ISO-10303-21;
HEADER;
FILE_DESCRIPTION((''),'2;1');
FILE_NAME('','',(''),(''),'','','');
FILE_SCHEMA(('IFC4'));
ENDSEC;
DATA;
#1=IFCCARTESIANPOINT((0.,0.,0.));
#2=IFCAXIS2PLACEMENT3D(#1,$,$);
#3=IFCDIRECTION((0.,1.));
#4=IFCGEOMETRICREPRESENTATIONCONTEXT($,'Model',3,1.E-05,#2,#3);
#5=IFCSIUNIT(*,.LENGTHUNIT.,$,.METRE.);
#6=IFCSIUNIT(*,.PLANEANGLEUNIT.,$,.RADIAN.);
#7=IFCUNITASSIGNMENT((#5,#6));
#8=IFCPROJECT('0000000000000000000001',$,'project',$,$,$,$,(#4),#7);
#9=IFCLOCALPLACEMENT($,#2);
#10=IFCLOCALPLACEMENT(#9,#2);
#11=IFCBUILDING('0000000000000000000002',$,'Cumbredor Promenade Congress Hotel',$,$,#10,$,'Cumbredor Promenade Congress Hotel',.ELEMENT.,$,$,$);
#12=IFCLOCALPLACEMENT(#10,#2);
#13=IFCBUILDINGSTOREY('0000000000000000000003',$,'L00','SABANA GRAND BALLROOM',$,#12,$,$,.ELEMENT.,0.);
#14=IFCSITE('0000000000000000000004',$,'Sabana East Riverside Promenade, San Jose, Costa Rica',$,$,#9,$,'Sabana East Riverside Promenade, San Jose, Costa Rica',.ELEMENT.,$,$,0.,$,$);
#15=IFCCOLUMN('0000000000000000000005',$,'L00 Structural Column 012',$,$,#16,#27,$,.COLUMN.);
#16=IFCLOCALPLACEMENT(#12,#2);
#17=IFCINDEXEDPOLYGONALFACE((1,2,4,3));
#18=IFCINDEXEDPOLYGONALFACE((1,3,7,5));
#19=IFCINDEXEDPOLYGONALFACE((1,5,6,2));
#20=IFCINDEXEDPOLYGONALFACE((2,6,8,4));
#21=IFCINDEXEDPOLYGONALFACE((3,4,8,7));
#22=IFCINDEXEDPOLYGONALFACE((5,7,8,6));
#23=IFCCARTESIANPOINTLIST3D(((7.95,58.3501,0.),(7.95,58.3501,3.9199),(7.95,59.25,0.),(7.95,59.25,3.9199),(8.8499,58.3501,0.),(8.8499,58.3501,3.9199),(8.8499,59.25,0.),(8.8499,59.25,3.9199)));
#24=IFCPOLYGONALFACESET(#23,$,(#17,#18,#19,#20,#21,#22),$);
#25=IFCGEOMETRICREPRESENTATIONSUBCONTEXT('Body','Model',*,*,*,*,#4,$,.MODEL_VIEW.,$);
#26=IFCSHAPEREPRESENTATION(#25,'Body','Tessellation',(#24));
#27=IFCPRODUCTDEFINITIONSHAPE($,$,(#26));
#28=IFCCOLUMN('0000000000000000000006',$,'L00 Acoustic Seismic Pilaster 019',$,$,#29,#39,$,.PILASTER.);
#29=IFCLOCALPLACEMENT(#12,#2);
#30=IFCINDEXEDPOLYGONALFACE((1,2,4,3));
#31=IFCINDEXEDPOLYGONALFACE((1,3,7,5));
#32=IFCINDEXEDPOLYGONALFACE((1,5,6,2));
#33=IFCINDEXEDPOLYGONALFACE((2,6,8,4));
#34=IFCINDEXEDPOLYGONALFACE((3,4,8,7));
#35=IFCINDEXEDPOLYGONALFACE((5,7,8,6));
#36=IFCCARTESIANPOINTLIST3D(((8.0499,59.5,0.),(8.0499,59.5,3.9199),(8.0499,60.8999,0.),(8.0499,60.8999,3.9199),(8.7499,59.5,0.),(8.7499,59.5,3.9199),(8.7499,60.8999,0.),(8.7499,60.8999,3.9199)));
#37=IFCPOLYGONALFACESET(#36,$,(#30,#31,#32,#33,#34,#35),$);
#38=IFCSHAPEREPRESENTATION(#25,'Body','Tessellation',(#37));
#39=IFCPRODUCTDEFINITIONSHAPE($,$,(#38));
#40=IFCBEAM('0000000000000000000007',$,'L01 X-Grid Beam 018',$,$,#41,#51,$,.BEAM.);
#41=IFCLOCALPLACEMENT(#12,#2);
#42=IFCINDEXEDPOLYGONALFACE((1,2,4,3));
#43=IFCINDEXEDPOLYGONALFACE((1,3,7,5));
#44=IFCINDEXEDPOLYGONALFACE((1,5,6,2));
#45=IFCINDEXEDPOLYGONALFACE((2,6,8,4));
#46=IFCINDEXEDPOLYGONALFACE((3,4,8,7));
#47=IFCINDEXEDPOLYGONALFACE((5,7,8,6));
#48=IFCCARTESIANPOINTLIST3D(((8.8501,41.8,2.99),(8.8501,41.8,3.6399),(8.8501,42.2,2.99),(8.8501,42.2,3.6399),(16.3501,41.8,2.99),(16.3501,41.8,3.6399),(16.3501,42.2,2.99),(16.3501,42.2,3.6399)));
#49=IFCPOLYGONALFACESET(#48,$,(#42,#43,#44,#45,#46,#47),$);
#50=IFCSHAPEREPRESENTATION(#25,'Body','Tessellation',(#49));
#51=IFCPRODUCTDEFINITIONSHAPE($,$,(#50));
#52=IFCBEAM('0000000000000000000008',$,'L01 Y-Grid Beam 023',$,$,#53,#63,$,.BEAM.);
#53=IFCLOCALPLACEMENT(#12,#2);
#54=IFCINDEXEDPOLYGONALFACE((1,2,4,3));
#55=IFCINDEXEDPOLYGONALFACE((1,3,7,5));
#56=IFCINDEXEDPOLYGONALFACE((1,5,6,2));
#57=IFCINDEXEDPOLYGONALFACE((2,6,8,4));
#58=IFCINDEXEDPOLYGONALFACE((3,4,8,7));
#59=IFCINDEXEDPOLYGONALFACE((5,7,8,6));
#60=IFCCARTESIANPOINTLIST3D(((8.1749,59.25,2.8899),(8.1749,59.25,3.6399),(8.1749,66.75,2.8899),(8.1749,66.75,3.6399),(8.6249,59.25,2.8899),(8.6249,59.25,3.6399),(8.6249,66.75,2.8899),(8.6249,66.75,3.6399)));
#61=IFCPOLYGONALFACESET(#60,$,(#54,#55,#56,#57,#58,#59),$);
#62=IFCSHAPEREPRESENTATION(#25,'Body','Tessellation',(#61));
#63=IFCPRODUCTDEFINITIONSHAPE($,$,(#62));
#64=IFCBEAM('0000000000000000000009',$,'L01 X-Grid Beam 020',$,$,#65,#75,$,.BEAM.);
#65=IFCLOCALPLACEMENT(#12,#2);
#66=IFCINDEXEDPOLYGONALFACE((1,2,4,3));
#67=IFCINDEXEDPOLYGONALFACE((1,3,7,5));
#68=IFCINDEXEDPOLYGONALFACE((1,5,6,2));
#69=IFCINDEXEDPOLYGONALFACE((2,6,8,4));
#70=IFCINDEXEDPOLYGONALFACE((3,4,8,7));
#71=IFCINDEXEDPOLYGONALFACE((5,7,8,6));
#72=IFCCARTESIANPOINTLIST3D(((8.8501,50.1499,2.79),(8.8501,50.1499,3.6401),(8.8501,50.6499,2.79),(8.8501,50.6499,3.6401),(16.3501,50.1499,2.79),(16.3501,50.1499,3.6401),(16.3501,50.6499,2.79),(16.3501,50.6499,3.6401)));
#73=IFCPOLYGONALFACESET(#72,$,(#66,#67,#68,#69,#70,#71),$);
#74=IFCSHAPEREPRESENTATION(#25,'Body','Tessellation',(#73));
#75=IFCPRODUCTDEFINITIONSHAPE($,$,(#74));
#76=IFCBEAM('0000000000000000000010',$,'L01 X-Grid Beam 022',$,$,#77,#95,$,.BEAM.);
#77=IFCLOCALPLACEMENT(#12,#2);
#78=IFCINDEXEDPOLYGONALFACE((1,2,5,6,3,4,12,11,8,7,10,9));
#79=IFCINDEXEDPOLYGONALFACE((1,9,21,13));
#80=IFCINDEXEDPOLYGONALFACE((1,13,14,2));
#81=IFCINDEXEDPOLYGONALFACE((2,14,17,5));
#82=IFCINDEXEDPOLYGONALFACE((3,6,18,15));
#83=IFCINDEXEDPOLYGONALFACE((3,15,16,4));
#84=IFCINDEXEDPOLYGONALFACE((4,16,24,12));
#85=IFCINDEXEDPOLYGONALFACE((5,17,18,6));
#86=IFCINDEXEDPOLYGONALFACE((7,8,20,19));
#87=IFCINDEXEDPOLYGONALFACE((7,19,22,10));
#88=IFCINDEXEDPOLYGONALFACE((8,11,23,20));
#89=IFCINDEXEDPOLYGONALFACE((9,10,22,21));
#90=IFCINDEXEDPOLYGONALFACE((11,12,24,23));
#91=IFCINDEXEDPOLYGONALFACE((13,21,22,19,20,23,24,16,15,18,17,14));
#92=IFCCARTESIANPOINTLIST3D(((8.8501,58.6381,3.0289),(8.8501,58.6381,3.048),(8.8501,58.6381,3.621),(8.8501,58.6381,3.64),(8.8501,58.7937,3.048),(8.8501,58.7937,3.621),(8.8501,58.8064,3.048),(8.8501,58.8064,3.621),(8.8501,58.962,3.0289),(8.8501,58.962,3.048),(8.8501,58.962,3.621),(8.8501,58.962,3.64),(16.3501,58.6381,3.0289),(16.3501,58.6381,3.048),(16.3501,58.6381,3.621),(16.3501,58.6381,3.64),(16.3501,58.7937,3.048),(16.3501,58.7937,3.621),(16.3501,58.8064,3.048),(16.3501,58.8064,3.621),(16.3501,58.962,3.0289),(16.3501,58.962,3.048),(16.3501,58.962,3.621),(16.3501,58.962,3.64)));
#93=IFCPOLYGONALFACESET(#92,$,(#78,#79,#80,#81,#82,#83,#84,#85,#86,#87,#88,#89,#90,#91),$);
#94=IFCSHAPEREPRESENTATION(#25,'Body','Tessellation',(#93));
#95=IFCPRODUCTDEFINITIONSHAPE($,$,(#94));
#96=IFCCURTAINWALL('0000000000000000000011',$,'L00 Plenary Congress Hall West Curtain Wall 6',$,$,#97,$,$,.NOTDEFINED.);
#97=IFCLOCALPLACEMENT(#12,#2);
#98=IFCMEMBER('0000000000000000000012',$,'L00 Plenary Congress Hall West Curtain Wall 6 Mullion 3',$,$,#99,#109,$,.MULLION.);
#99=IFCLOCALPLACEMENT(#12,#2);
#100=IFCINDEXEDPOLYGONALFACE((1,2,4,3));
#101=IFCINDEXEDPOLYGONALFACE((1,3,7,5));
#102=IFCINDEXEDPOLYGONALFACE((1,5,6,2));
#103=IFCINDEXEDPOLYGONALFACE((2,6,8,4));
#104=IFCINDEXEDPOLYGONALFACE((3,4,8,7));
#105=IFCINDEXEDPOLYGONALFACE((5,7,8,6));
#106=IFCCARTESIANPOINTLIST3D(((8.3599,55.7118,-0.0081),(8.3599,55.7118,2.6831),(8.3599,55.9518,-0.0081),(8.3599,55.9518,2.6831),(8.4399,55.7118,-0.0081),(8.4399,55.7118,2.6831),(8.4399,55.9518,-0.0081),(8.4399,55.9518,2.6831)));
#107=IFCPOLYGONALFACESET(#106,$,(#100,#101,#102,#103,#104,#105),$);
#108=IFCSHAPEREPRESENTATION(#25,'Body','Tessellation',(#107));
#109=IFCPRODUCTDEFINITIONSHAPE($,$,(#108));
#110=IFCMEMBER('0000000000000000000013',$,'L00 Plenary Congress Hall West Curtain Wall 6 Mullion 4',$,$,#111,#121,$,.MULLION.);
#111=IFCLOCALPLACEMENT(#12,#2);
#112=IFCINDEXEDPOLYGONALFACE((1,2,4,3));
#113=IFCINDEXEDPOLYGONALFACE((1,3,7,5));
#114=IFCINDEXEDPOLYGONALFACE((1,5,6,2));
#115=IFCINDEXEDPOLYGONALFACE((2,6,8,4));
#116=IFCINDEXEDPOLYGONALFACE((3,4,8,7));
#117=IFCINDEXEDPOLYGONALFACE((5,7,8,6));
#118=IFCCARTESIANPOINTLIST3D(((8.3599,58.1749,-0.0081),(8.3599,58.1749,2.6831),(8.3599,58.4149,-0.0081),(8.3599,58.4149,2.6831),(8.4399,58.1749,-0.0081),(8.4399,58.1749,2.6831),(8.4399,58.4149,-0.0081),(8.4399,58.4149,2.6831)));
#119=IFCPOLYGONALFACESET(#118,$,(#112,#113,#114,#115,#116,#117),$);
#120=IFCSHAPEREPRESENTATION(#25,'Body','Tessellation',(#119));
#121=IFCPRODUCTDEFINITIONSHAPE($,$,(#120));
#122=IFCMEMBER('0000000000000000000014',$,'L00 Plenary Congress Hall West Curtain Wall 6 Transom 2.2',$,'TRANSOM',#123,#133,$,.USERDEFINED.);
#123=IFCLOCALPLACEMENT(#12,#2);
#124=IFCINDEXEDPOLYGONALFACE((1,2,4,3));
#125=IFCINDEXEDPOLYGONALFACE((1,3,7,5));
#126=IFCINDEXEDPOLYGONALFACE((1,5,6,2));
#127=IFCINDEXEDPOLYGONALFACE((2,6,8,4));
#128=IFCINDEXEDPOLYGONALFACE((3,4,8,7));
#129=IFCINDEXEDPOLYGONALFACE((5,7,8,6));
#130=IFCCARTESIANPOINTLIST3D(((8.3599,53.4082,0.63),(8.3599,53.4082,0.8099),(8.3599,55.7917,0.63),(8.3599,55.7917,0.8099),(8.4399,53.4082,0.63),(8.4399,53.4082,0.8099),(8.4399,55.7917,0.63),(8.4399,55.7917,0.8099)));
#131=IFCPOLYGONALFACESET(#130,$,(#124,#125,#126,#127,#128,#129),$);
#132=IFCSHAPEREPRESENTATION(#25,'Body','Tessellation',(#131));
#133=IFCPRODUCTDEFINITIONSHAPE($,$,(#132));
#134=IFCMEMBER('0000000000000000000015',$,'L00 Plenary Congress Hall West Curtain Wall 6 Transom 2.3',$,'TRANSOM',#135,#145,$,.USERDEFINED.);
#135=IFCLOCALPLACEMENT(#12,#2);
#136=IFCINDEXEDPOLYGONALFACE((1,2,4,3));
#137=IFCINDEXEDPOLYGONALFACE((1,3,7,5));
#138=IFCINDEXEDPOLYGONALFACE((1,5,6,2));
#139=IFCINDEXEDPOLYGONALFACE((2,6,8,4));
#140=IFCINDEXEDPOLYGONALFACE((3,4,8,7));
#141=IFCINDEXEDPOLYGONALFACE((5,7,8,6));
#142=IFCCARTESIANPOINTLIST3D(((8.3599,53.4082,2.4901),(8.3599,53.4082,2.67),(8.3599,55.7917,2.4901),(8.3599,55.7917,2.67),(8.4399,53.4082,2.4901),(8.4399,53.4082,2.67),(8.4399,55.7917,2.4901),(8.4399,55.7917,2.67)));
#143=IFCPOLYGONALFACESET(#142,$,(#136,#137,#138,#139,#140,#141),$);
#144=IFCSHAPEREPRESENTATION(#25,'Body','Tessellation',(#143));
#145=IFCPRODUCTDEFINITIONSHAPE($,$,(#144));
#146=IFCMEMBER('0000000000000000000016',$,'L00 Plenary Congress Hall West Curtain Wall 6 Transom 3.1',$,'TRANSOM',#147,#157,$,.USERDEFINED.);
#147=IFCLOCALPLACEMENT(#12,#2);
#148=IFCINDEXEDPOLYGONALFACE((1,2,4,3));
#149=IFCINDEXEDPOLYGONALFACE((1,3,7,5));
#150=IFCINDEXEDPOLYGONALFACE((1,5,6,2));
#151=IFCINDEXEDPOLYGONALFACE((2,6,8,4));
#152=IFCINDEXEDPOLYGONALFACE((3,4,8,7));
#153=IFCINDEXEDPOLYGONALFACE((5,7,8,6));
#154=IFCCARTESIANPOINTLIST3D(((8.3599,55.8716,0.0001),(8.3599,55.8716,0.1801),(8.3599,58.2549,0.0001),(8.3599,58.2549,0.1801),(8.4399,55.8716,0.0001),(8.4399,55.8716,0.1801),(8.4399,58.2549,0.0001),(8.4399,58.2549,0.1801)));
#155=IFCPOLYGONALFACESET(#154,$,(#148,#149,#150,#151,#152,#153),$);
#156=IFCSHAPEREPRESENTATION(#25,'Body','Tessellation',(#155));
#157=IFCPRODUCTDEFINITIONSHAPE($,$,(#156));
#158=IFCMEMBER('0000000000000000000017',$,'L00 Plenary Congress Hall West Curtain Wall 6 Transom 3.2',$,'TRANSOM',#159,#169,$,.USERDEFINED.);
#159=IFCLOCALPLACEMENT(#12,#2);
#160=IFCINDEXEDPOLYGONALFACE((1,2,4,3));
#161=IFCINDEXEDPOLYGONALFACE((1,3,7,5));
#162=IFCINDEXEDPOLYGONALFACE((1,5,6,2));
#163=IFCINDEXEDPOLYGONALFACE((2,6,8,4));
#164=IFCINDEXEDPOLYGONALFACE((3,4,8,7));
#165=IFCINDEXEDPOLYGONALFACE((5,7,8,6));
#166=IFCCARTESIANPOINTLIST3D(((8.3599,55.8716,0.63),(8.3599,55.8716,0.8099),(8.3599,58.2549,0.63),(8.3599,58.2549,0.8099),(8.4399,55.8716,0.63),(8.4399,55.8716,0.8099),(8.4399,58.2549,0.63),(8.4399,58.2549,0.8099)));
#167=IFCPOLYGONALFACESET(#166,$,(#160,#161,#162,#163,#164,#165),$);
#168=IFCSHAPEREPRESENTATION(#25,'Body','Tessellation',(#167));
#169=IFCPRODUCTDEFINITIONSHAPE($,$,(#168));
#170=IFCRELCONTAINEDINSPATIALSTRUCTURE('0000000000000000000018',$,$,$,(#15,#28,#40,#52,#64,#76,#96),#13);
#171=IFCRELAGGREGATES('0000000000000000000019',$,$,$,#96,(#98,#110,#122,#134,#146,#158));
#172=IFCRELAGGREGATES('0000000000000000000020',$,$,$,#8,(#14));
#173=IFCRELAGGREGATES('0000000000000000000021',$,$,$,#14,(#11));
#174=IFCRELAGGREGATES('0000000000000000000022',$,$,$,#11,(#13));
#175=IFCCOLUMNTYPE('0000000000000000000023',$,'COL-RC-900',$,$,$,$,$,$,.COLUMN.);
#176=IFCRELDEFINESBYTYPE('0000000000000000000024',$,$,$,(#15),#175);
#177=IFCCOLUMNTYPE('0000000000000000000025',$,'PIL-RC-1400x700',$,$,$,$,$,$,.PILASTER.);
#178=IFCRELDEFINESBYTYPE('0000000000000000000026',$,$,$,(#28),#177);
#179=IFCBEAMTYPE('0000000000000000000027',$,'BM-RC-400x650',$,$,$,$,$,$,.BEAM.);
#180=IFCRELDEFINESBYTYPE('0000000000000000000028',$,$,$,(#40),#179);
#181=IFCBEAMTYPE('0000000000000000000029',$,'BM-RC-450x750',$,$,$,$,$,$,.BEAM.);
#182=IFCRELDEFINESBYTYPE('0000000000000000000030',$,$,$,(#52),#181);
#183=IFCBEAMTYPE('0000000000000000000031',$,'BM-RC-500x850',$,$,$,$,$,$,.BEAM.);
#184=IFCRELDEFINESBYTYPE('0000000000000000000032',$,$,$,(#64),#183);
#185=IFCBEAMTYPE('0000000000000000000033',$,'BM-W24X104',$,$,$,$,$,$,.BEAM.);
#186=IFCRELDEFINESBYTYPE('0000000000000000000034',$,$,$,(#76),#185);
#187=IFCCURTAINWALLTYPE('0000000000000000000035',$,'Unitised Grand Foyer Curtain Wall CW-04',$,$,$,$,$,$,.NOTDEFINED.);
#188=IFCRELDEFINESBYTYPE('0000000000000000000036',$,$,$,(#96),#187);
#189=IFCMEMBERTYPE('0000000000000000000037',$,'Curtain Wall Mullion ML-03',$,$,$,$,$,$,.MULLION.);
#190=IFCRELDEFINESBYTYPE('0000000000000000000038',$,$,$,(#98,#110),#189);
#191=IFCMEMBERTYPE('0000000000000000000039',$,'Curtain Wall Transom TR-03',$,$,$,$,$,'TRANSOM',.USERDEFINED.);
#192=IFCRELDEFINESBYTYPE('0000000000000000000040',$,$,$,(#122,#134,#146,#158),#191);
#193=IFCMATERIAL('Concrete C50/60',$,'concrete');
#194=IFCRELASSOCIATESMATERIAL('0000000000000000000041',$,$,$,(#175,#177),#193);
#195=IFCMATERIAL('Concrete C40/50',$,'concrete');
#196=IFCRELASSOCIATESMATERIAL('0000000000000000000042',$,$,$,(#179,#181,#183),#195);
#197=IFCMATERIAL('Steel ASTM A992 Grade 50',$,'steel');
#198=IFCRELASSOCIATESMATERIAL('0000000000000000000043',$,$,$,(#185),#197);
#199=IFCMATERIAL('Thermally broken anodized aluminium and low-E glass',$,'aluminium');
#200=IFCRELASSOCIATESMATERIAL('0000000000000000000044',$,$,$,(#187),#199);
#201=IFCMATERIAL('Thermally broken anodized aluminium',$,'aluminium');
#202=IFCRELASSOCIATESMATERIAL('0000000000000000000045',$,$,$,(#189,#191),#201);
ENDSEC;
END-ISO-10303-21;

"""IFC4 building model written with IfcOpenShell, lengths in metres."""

from ifc_helpers import new_model, si_unit, direction, frame, origin, origin_2d, place, context, subcontext, project, spatial, rectangle, i_section, extrude, material, material_profile, profile_set, type_object, element, aggregate, save


model = new_model("IFC4")

# Units and contexts
model_context = context("Model", 3, precision=1e-05, world=origin(), true_north=direction((0.0, 1.0)))
body_context = subcontext(model_context, "Body", "Model", "MODEL_VIEW")
ifc_project = project(units=[si_unit("LENGTHUNIT", "METRE"), si_unit("PLANEANGLEUNIT", "RADIAN")], contexts=[model_context])

# Site, building, storey
site_placement = place(None, origin())
site = spatial("IfcSite", under=ifc_project, at=site_placement, Name="Sabana East Riverside Promenade, San Jose, Costa Rica", LongName="Sabana East Riverside Promenade, San Jose, Costa Rica", CompositionType="ELEMENT", RefElevation=0.0)
building_placement = place(site_placement, origin())
building = spatial("IfcBuilding", under=site, at=building_placement, Name="Cumbredor Promenade Congress Hotel", LongName="Cumbredor Promenade Congress Hotel", CompositionType="ELEMENT")
storey_placement = place(building_placement, origin())
storey = spatial("IfcBuildingStorey", under=building, at=storey_placement, Name="L00", Description="SABANA GRAND BALLROOM", CompositionType="ELEMENT", Elevation=0.0)

# Columns
ifc_material_1 = material(Name="Concrete C50/60", Category="concrete")
ifc_material_profile_1 = material_profile(ifc_material_1, rectangle(XDim=0.8999, YDim=0.8999, at=origin_2d()), Name="RC 900x900")
ifc_profile_set_1 = profile_set([ifc_material_profile_1], Name="Concrete C50/60")
column_type_1 = type_object("IfcColumnType", Name="COL-RC-900", PredefinedType="COLUMN", material=ifc_profile_set_1)
column_1_placement = place(storey_placement, frame((8.3999, 58.8, 0.0), z_axis=(0.0, 0.0, 1.0), x_axis=(1.0, 0.0, 0.0)))
element("IfcColumn", 1, at=column_1_placement, inside=storey, type_object=column_type_1, Name="L00 Structural Column 012", PredefinedType="COLUMN", context=body_context, shape_type="SweptSolid", body=[
    extrude(rectangle(XDim=0.8999, YDim=0.8999, at=origin_2d()), origin(), (0.0, 0.0, 1.0), 3.9199),
])
ifc_material_profile_2 = material_profile(ifc_material_1, rectangle(XDim=0.7, YDim=1.3999, at=origin_2d()), Name="RC PILASTER 1400x700")
ifc_profile_set_2 = profile_set([ifc_material_profile_2], Name="Concrete C50/60")
column_type_2 = type_object("IfcColumnType", Name="PIL-RC-1400x700", PredefinedType="PILASTER", material=ifc_profile_set_2)
column_2_placement = place(storey_placement, frame((8.3999, 60.2, 0.0), z_axis=(0.0, 0.0, 1.0), x_axis=(1.0, 0.0, 0.0)))
element("IfcColumn", 2, at=column_2_placement, inside=storey, type_object=column_type_2, Name="L00 Acoustic Seismic Pilaster 019", PredefinedType="PILASTER", context=body_context, shape_type="SweptSolid", body=[
    extrude(rectangle(XDim=0.7, YDim=1.3999, at=origin_2d()), origin(), (0.0, 0.0, 1.0), 3.9199),
])

# Beams
ifc_material_2 = material(Name="Concrete C40/50", Category="concrete")
ifc_material_profile_3 = material_profile(ifc_material_2, rectangle(XDim=0.3999, YDim=0.6499, at=origin_2d()), Name="RC BEAM 400x650")
ifc_profile_set_3 = profile_set([ifc_material_profile_3], Name="Concrete C40/50")
beam_type_1 = type_object("IfcBeamType", Name="BM-RC-400x650", PredefinedType="BEAM", material=ifc_profile_set_3)
beam_1_placement = place(storey_placement, frame((8.8501, 42.0, 3.3149), z_axis=(1.0, 0.0, 0.0), x_axis=(0.0, 1.0, 0.0)))
element("IfcBeam", 3, at=beam_1_placement, inside=storey, type_object=beam_type_1, Name="L01 X-Grid Beam 018", PredefinedType="BEAM", context=body_context, shape_type="SweptSolid", body=[
    extrude(rectangle(XDim=0.3999, YDim=0.6499, at=origin_2d()), origin(), (0.0, 0.0, 1.0), 7.5),
])
ifc_material_profile_4 = material_profile(ifc_material_2, rectangle(XDim=0.45, YDim=0.75, at=origin_2d()), Name="RC BEAM 450x750")
ifc_profile_set_4 = profile_set([ifc_material_profile_4], Name="Concrete C40/50")
beam_type_2 = type_object("IfcBeamType", Name="BM-RC-450x750", PredefinedType="BEAM", material=ifc_profile_set_4)
beam_2_placement = place(storey_placement, frame((8.3999, 59.25, 3.2649), z_axis=(0.0, 1.0, 0.0), x_axis=(-1.0, 0.0, 0.0)))
element("IfcBeam", 4, at=beam_2_placement, inside=storey, type_object=beam_type_2, Name="L01 Y-Grid Beam 023", PredefinedType="BEAM", context=body_context, shape_type="SweptSolid", body=[
    extrude(rectangle(XDim=0.45, YDim=0.75, at=origin_2d()), origin(), (0.0, 0.0, 1.0), 7.5),
])
ifc_material_profile_5 = material_profile(ifc_material_2, rectangle(XDim=0.5, YDim=0.8501, at=origin_2d()), Name="RC BEAM 500x850")
ifc_profile_set_5 = profile_set([ifc_material_profile_5], Name="Concrete C40/50")
beam_type_3 = type_object("IfcBeamType", Name="BM-RC-500x850", PredefinedType="BEAM", material=ifc_profile_set_5)
beam_3_placement = place(storey_placement, frame((8.8501, 50.3999, 3.2151), z_axis=(1.0, 0.0, 0.0), x_axis=(0.0, 1.0, 0.0)))
element("IfcBeam", 5, at=beam_3_placement, inside=storey, type_object=beam_type_3, Name="L01 X-Grid Beam 020", PredefinedType="BEAM", context=body_context, shape_type="SweptSolid", body=[
    extrude(rectangle(XDim=0.5, YDim=0.8501, at=origin_2d()), origin(), (0.0, 0.0, 1.0), 7.5),
])
ifc_material_3 = material(Name="Steel ASTM A992 Grade 50", Category="steel")
ifc_material_profile_6 = material_profile(ifc_material_3, i_section(OverallWidth=0.324, OverallDepth=0.6111, WebThickness=0.0127, FlangeThickness=0.019, at=origin_2d()), Name="W24X104")
ifc_profile_set_6 = profile_set([ifc_material_profile_6], Name="Steel ASTM A992 Grade 50")
beam_type_4 = type_object("IfcBeamType", Name="BM-W24X104", PredefinedType="BEAM", material=ifc_profile_set_6)
beam_4_placement = place(storey_placement, frame((8.8501, 58.8, 3.3345), z_axis=(1.0, 0.0, 0.0), x_axis=(0.0, 1.0, 0.0)))
element("IfcBeam", 6, at=beam_4_placement, inside=storey, type_object=beam_type_4, Name="L01 X-Grid Beam 022", PredefinedType="BEAM", context=body_context, shape_type="SweptSolid", body=[
    extrude(i_section(OverallWidth=0.324, OverallDepth=0.6111, WebThickness=0.0127, FlangeThickness=0.019, at=origin_2d()), origin(), (0.0, 0.0, 1.0), 7.5),
])

# Curtain wall, members
ifc_material_4 = material(Name="Thermally broken anodized aluminium and low-E glass", Category="aluminium")
curtain_wall_type = type_object("IfcCurtainWallType", Name="Unitised Grand Foyer Curtain Wall CW-04", PredefinedType="NOTDEFINED", material=ifc_material_4)
curtain_wall_placement = place(storey_placement, origin())
curtain_wall = element("IfcCurtainWall", 7, at=curtain_wall_placement, inside=storey, type_object=curtain_wall_type, Name="L00 Plenary Congress Hall West Curtain Wall 6", PredefinedType="NOTDEFINED")
ifc_material_5 = material(Name="Thermally broken anodized aluminium", Category="aluminium")
ifc_material_profile_7 = material_profile(ifc_material_5, rectangle(XDim=0.0801, YDim=0.24, at=origin_2d()), Name="ALU MULLION 80x240")
ifc_profile_set_7 = profile_set([ifc_material_profile_7], Name="Thermally broken anodized aluminium")
member_type_1 = type_object("IfcMemberType", Name="Curtain Wall Mullion ML-03", PredefinedType="MULLION", material=ifc_profile_set_7)
member_1_placement = place(storey_placement, frame((8.3999, 55.8318, -0.0081), z_axis=(0.0, 0.0, 1.0), x_axis=(1.0, 0.0, 0.0)))
member_1 = element("IfcMember", 8, at=member_1_placement, type_object=member_type_1, Name="L00 Plenary Congress Hall West Curtain Wall 6 Mullion 3", PredefinedType="MULLION", context=body_context, shape_type="SweptSolid", body=[
    extrude(rectangle(XDim=0.0801, YDim=0.24, at=origin_2d()), origin(), (0.0, 0.0, 1.0), 2.6912),
])
member_2_placement = place(storey_placement, frame((8.3999, 58.2949, -0.0081), z_axis=(0.0, 0.0, 1.0), x_axis=(1.0, 0.0, 0.0)))
member_2 = element("IfcMember", 9, at=member_2_placement, type_object=member_type_1, Name="L00 Plenary Congress Hall West Curtain Wall 6 Mullion 4", PredefinedType="MULLION", context=body_context, shape_type="SweptSolid", body=[
    extrude(rectangle(XDim=0.0801, YDim=0.24, at=origin_2d()), origin(), (0.0, 0.0, 1.0), 2.6912),
])
ifc_material_profile_8 = material_profile(ifc_material_5, rectangle(XDim=0.0801, YDim=0.1799, at=origin_2d()), Name="ALU TRANSOM 80x180")
ifc_profile_set_8 = profile_set([ifc_material_profile_8], Name="Thermally broken anodized aluminium")
member_type_2 = type_object("IfcMemberType", Name="Curtain Wall Transom TR-03", ElementType="TRANSOM", PredefinedType="USERDEFINED", material=ifc_profile_set_8)
member_3_placement = place(storey_placement, frame((8.3999, 53.4082, 0.72), z_axis=(0.0, 1.0, 0.0), x_axis=(-1.0, 0.0, 0.0)))
member_3 = element("IfcMember", 10, at=member_3_placement, type_object=member_type_2, Name="L00 Plenary Congress Hall West Curtain Wall 6 Transom 2.2", ObjectType="TRANSOM", PredefinedType="USERDEFINED", context=body_context, shape_type="SweptSolid", body=[
    extrude(rectangle(XDim=0.0801, YDim=0.1799, at=origin_2d()), origin(), (0.0, 0.0, 1.0), 2.3835),
])
member_4_placement = place(storey_placement, frame((8.3999, 53.4082, 2.5801), z_axis=(0.0, 1.0, 0.0), x_axis=(-1.0, 0.0, 0.0)))
member_4 = element("IfcMember", 11, at=member_4_placement, type_object=member_type_2, Name="L00 Plenary Congress Hall West Curtain Wall 6 Transom 2.3", ObjectType="TRANSOM", PredefinedType="USERDEFINED", context=body_context, shape_type="SweptSolid", body=[
    extrude(rectangle(XDim=0.0801, YDim=0.1799, at=origin_2d()), origin(), (0.0, 0.0, 1.0), 2.3835),
])
member_5_placement = place(storey_placement, frame((8.3999, 55.8716, 0.0901), z_axis=(0.0, 1.0, 0.0), x_axis=(-1.0, 0.0, 0.0)))
member_5 = element("IfcMember", 12, at=member_5_placement, type_object=member_type_2, Name="L00 Plenary Congress Hall West Curtain Wall 6 Transom 3.1", ObjectType="TRANSOM", PredefinedType="USERDEFINED", context=body_context, shape_type="SweptSolid", body=[
    extrude(rectangle(XDim=0.0801, YDim=0.1799, at=origin_2d()), origin(), (0.0, 0.0, 1.0), 2.3833),
])
member_6_placement = place(storey_placement, frame((8.3999, 55.8716, 0.72), z_axis=(0.0, 1.0, 0.0), x_axis=(-1.0, 0.0, 0.0)))
member_6 = element("IfcMember", 13, at=member_6_placement, type_object=member_type_2, Name="L00 Plenary Congress Hall West Curtain Wall 6 Transom 3.2", ObjectType="TRANSOM", PredefinedType="USERDEFINED", context=body_context, shape_type="SweptSolid", body=[
    extrude(rectangle(XDim=0.0801, YDim=0.1799, at=origin_2d()), origin(), (0.0, 0.0, 1.0), 2.3833),
])

aggregate(curtain_wall, [member_1, member_2, member_3, member_4, member_5, member_6])

save(model, "model.ifc")
